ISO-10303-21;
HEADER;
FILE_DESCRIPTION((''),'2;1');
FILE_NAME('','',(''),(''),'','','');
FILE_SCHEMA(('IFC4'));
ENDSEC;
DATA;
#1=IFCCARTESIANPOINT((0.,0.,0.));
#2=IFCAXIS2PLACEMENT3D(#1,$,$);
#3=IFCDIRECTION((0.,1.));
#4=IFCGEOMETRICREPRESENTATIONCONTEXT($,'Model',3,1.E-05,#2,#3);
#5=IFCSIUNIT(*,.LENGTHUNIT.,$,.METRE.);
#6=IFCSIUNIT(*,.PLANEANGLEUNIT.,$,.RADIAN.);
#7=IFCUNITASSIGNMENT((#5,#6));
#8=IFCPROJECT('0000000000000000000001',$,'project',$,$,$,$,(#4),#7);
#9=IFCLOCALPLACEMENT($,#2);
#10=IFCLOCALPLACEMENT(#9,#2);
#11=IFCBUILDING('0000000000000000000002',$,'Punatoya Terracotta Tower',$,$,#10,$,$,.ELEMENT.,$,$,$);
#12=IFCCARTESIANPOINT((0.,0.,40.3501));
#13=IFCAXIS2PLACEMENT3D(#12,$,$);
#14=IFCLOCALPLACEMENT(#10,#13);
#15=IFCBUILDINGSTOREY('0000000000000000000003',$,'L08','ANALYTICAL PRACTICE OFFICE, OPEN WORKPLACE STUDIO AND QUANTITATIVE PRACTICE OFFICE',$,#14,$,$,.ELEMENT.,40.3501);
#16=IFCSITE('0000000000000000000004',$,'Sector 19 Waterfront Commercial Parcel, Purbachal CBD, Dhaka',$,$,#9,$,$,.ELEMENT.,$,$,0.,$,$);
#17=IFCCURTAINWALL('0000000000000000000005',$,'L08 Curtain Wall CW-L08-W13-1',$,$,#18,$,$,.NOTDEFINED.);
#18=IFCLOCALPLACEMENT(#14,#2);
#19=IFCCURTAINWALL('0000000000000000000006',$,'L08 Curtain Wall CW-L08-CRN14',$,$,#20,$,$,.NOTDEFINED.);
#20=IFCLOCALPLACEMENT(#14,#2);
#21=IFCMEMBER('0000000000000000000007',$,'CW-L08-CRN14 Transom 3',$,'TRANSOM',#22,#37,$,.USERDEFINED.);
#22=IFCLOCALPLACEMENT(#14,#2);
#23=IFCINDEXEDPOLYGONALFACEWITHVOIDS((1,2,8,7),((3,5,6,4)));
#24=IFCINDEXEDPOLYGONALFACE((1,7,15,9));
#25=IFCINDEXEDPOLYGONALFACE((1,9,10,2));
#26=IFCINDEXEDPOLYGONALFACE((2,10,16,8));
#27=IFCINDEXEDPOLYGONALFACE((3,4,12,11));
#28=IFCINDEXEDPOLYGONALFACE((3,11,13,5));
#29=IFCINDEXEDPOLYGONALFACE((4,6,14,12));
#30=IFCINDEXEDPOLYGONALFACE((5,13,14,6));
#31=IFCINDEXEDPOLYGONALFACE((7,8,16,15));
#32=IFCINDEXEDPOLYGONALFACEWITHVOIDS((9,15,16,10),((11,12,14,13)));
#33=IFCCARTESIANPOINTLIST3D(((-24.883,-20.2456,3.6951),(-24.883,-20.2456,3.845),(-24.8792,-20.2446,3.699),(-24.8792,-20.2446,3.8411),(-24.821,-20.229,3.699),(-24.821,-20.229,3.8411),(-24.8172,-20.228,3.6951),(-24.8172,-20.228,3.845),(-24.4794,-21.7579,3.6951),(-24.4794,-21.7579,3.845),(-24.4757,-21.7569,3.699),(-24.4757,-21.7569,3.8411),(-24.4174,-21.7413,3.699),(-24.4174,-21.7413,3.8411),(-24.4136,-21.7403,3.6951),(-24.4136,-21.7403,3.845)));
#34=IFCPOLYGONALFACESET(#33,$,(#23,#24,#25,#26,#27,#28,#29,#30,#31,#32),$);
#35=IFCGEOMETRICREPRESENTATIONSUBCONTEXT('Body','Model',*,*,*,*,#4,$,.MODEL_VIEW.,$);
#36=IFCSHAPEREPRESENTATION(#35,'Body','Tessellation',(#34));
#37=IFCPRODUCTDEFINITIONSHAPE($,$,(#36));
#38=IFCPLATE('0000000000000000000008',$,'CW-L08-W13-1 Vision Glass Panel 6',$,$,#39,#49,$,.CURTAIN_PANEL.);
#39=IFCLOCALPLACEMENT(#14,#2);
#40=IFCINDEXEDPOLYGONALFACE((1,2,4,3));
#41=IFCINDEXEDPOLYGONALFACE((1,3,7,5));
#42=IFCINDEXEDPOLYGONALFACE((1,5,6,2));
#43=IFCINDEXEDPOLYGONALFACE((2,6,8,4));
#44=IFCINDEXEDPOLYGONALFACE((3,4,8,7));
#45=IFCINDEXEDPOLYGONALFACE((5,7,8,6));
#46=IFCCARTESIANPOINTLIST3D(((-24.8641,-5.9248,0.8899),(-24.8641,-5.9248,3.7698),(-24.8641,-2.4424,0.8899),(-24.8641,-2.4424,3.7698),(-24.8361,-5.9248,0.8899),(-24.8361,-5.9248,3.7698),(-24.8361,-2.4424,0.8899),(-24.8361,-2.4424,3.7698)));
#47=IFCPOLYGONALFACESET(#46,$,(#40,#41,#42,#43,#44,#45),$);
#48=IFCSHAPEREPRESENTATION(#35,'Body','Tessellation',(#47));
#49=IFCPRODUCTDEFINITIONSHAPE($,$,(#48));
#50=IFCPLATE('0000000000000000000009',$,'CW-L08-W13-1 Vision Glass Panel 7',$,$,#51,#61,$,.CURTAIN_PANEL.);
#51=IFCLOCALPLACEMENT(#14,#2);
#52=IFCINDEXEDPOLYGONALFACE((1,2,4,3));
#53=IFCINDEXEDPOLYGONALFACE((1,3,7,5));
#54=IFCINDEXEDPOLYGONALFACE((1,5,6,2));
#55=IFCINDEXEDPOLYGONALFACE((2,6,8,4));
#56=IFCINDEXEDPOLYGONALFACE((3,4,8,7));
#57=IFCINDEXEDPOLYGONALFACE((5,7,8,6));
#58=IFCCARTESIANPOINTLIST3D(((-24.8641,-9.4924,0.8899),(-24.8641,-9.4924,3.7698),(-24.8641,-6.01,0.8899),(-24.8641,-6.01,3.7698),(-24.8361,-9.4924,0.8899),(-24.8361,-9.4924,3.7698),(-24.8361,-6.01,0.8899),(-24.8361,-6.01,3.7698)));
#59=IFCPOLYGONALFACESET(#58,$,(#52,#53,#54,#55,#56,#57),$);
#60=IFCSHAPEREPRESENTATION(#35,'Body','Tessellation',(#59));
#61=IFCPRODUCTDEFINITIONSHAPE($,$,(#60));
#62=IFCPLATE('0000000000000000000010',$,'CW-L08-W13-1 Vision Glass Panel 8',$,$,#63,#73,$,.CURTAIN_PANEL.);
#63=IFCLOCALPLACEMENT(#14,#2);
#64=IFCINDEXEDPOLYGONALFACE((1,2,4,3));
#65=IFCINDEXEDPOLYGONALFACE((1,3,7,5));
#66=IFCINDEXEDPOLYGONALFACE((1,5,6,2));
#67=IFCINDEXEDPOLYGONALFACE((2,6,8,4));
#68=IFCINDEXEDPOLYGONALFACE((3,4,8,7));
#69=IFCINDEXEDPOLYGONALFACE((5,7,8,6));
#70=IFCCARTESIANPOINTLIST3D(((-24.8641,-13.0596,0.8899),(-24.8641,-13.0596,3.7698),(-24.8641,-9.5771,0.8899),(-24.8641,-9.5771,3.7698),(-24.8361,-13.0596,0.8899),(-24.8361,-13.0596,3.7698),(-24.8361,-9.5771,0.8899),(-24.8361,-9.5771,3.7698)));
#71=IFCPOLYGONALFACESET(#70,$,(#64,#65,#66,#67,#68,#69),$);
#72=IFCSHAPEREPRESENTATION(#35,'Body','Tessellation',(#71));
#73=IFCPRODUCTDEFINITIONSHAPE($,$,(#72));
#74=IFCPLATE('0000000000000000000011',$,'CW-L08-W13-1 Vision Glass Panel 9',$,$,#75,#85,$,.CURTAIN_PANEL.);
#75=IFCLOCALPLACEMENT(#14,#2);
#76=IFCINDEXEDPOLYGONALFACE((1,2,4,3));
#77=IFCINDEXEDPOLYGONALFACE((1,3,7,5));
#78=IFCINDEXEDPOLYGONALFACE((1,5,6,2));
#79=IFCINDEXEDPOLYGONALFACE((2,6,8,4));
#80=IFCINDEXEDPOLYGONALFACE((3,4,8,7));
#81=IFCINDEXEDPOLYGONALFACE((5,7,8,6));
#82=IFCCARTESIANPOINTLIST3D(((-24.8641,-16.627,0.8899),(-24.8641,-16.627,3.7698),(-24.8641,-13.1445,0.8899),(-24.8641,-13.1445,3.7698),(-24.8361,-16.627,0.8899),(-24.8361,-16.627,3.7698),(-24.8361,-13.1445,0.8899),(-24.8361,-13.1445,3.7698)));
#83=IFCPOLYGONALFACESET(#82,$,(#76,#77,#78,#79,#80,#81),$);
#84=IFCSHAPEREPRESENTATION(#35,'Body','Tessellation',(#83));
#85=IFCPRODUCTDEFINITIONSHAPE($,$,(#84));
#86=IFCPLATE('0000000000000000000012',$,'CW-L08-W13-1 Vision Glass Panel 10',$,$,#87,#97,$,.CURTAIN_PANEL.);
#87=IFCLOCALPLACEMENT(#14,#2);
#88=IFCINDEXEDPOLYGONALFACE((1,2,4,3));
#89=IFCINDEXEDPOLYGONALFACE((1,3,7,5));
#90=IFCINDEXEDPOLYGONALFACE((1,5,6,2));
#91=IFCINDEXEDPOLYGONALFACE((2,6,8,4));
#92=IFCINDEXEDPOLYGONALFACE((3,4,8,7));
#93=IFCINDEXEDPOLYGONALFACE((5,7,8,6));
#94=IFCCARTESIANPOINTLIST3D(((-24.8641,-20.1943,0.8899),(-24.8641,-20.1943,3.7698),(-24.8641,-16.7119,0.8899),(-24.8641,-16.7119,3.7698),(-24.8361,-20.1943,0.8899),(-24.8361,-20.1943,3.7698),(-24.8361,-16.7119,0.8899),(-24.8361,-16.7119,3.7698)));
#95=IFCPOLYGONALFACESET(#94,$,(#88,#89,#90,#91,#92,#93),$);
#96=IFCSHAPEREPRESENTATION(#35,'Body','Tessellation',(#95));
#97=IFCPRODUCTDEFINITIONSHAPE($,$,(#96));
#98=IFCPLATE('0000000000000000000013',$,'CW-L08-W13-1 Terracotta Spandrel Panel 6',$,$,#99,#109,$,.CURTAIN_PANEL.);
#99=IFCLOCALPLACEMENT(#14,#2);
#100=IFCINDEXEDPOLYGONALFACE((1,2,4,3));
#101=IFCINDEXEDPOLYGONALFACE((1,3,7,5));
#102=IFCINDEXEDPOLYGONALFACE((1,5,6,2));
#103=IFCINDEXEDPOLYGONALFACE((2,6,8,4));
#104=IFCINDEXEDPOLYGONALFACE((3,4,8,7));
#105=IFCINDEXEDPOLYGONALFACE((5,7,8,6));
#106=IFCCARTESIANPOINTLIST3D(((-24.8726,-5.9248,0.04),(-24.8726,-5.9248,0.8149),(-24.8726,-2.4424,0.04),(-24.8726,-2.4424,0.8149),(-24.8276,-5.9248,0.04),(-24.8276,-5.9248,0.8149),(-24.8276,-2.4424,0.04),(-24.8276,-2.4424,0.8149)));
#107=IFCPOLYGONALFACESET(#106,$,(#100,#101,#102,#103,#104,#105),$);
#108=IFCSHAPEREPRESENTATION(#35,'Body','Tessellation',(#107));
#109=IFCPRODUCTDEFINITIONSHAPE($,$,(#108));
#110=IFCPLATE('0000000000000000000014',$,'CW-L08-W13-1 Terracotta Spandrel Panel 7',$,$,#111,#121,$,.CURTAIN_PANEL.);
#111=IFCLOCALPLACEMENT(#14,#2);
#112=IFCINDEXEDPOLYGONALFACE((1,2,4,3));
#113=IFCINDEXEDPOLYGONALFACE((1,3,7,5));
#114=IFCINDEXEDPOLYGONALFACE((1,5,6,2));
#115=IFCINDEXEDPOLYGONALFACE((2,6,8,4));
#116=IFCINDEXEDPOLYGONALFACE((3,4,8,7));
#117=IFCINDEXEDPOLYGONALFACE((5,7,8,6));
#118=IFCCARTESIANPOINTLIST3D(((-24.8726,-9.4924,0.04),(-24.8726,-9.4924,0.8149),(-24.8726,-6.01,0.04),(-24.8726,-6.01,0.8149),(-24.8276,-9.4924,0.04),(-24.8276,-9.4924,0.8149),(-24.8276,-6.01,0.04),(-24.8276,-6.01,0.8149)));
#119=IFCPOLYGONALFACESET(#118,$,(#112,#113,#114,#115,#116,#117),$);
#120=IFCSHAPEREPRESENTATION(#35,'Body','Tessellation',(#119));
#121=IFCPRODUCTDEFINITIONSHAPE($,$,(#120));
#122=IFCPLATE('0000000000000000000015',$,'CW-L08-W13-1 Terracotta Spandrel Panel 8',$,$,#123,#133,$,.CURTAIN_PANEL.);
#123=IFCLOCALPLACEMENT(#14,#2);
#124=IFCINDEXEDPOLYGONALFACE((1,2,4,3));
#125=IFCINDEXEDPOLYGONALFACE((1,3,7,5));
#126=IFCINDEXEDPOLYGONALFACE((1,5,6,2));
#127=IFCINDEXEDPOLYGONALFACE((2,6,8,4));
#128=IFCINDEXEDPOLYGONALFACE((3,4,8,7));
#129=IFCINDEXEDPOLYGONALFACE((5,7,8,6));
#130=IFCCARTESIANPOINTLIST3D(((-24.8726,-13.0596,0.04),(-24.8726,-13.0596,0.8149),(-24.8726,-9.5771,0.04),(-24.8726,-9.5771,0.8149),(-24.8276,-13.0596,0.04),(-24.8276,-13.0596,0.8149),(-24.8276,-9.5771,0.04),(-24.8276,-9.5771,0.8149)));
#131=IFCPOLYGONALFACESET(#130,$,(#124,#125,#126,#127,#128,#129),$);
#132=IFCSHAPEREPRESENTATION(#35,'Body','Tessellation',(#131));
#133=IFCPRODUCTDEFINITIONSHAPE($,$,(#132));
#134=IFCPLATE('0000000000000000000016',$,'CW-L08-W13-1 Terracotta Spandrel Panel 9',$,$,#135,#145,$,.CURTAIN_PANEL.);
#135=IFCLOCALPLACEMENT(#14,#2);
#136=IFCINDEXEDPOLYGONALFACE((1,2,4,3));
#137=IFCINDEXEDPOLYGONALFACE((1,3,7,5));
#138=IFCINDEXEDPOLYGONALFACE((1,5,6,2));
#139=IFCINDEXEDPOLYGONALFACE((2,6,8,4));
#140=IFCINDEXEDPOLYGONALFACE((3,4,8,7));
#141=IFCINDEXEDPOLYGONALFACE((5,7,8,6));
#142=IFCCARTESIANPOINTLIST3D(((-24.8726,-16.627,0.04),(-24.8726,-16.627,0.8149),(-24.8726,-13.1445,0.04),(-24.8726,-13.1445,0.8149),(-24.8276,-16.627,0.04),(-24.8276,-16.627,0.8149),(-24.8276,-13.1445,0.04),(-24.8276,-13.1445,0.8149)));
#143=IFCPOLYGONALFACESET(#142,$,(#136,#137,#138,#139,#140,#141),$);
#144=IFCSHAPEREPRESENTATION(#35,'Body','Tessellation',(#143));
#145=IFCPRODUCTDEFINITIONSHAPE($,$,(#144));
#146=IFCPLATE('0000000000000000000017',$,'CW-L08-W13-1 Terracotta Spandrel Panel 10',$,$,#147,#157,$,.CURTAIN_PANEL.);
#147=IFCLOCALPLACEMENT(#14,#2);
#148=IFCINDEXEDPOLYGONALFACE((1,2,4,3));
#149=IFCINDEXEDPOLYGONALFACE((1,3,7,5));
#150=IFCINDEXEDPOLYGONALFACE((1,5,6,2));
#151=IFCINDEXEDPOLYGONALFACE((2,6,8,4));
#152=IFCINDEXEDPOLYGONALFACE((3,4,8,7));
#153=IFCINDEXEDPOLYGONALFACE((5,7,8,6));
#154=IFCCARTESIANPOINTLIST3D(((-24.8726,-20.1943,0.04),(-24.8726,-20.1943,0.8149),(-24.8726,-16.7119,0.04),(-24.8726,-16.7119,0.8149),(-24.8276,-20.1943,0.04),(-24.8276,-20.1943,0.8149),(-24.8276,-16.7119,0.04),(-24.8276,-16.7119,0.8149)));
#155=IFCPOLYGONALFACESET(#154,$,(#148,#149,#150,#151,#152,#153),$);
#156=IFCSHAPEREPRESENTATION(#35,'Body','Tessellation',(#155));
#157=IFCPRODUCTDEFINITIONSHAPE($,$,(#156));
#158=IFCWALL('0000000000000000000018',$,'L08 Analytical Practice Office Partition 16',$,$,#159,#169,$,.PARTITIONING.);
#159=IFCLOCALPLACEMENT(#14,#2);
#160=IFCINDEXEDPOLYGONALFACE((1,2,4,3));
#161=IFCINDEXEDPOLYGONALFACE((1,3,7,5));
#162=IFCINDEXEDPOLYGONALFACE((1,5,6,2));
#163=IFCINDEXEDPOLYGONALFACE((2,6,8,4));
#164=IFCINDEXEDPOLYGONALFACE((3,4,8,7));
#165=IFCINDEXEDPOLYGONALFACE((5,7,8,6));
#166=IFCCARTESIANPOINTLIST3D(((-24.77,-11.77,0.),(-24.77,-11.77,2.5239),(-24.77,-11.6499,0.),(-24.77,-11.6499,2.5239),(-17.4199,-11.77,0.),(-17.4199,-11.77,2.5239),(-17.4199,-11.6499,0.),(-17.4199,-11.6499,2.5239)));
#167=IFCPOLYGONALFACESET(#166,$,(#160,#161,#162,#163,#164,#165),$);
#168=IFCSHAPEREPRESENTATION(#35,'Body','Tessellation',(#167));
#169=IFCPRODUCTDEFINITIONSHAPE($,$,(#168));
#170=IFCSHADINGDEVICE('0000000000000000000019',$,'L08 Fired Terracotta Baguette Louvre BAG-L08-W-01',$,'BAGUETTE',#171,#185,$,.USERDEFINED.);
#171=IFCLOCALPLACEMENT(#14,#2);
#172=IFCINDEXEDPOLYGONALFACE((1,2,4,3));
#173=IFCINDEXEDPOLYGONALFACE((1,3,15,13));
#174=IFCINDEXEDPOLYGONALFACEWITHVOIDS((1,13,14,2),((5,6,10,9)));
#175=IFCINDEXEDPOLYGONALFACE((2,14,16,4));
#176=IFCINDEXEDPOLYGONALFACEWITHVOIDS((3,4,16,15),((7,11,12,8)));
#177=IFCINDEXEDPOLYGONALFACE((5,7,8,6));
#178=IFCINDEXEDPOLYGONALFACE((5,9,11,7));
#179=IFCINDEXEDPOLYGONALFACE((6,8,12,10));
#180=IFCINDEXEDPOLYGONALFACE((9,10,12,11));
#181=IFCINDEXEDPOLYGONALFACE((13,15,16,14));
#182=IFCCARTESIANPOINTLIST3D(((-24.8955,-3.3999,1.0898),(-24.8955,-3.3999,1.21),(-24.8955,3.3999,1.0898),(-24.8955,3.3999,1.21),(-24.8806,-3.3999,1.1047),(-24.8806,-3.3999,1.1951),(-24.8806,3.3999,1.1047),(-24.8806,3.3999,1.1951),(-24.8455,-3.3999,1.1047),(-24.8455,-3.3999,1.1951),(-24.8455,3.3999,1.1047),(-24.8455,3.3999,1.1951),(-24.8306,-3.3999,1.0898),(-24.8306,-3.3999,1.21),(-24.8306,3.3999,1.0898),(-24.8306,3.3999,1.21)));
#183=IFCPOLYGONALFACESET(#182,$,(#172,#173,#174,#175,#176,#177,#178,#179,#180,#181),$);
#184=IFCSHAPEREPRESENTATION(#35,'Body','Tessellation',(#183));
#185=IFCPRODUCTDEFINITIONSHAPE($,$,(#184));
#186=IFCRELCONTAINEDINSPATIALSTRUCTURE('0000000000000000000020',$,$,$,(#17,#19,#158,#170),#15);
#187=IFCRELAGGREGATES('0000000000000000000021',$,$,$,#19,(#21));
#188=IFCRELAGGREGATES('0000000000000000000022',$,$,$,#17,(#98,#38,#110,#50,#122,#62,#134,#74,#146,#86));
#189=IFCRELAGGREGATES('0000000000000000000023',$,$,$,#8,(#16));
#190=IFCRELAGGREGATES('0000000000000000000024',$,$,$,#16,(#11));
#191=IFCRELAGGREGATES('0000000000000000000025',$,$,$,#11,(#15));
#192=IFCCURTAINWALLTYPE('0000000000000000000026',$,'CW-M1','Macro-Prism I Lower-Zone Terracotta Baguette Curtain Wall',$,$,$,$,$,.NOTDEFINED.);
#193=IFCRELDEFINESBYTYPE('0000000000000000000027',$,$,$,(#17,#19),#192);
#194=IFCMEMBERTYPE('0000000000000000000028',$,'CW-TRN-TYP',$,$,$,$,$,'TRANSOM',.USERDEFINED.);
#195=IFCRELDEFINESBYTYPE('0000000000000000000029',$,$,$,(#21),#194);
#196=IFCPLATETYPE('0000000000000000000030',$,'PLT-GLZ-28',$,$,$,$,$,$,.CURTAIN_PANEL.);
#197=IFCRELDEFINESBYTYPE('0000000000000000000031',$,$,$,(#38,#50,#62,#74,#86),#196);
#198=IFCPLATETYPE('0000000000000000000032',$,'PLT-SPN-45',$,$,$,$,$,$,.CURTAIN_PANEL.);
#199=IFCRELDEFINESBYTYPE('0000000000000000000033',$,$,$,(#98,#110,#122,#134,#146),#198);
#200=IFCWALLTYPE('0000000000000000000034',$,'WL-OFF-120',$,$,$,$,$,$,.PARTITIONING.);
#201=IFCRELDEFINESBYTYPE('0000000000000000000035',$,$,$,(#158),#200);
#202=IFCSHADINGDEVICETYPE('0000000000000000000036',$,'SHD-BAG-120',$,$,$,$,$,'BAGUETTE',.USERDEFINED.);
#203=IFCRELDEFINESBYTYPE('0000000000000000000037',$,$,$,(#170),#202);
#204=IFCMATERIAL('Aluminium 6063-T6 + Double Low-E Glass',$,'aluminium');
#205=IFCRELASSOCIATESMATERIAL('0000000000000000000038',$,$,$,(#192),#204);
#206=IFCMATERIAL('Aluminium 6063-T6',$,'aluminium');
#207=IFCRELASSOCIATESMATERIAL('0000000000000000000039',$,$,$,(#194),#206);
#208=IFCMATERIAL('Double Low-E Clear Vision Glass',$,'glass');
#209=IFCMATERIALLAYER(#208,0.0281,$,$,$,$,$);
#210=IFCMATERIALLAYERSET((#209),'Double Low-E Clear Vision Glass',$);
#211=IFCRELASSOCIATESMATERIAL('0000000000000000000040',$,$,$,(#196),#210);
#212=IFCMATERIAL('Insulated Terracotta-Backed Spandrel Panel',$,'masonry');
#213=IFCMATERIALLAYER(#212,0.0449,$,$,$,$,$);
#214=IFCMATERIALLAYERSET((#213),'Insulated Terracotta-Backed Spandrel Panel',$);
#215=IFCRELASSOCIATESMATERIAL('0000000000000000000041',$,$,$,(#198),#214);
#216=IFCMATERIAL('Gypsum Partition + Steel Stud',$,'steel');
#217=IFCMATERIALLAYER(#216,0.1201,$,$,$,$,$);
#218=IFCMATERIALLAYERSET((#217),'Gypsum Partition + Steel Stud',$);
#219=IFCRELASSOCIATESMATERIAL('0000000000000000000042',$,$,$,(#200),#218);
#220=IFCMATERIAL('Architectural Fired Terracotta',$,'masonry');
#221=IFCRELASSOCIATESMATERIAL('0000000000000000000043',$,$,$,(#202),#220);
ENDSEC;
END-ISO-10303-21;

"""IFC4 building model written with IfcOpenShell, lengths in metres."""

from ifc_helpers import new_model, si_unit, direction, frame, frame_2d, origin, origin_2d, place, context, subcontext, project, spatial, rectangle, hollow_rectangle, extrude, material, layer, layer_set, material_profile, profile_set, type_object, element, aggregate, save


model = new_model("IFC4")

# Units and contexts
model_context = context("Model", 3, precision=1e-05, world=origin(), true_north=direction((0.0, 1.0)))
body_context = subcontext(model_context, "Body", "Model", "MODEL_VIEW")
ifc_project = project(units=[si_unit("LENGTHUNIT", "METRE"), si_unit("PLANEANGLEUNIT", "RADIAN")], contexts=[model_context])

# Site, building, storey
site_placement = place(None, origin())
site = spatial("IfcSite", under=ifc_project, at=site_placement, Name="Sector 19 Waterfront Commercial Parcel, Purbachal CBD, Dhaka", CompositionType="ELEMENT", RefElevation=0.0)
building_placement = place(site_placement, origin())
building = spatial("IfcBuilding", under=site, at=building_placement, Name="Punatoya Terracotta Tower", CompositionType="ELEMENT")
storey_placement = place(building_placement, frame((0.0, 0.0, 40.3501)))
storey = spatial("IfcBuildingStorey", under=building, at=storey_placement, Name="L08", Description="ANALYTICAL PRACTICE OFFICE, OPEN WORKPLACE STUDIO AND QUANTITATIVE PRACTICE OFFICE", CompositionType="ELEMENT", Elevation=40.3501)

# Curtain wall
ifc_material_1 = material(Name="Aluminium 6063-T6 + Double Low-E Glass", Category="aluminium")
curtain_wall_type = type_object("IfcCurtainWallType", Name="CW-M1", Description="Macro-Prism I Lower-Zone Terracotta Baguette Curtain Wall", PredefinedType="NOTDEFINED", material=ifc_material_1)
curtain_wall_1_placement = place(storey_placement, origin())
curtain_wall_1 = element("IfcCurtainWall", 1, at=curtain_wall_1_placement, inside=storey, type_object=curtain_wall_type, Name="L08 Curtain Wall CW-L08-W13-1", PredefinedType="NOTDEFINED")
ifc_material_2 = material(Name="Aluminium 6063-T6", Category="aluminium")

# Curtain wall, member
curtain_wall_2_placement = place(storey_placement, origin())
curtain_wall_2 = element("IfcCurtainWall", 2, at=curtain_wall_2_placement, inside=storey, type_object=curtain_wall_type, Name="L08 Curtain Wall CW-L08-CRN14", PredefinedType="NOTDEFINED")
ifc_material_profile_1 = material_profile(ifc_material_2, hollow_rectangle(XDim=0.0681, YDim=0.1499, WallThickness=0.0039, at=origin_2d()))
ifc_profile_set_1 = profile_set([ifc_material_profile_1], Name="Aluminium 6063-T6")
member_type_1 = type_object("IfcMemberType", Name="CW-TRN-TYP", ElementType="TRANSOM", PredefinedType="USERDEFINED", material=ifc_profile_set_1)
member_1_placement = place(storey_placement, frame((-24.8501, -20.2368, 3.77), z_axis=(0.257847, -0.966186, 0.0), x_axis=(0.966186, 0.257847, 0.0)))
member_1 = element("IfcMember", 3, at=member_1_placement, type_object=member_type_1, Name="CW-L08-CRN14 Transom 3", ObjectType="TRANSOM", PredefinedType="USERDEFINED", context=body_context, shape_type="SweptSolid", body=[
    extrude(hollow_rectangle(XDim=0.0681, YDim=0.1499, WallThickness=0.0039, at=origin_2d()), origin(), (0.0, 0.0, 1.0), 1.5652),
])
aggregate(curtain_wall_2, [member_1])

# Plates
ifc_material_3 = material(Name="Double Low-E Clear Vision Glass", Category="glass")
ifc_layer_1 = layer(ifc_material_3, 0.0281)
ifc_layer_set_1 = layer_set([ifc_layer_1], Name="Double Low-E Clear Vision Glass")
plate_type_1 = type_object("IfcPlateType", Name="PLT-GLZ-28", PredefinedType="CURTAIN_PANEL", material=ifc_layer_set_1)
plate_1_placement = place(storey_placement, frame((-24.8501, -4.1836, 0.8899), z_axis=(0.0, 0.0, 1.0), x_axis=(0.0, -1.0, 0.0)))
plate_1 = element("IfcPlate", 4, at=plate_1_placement, type_object=plate_type_1, Name="CW-L08-W13-1 Vision Glass Panel 6", PredefinedType="CURTAIN_PANEL", context=body_context, shape_type="SweptSolid", body=[
    extrude(rectangle(XDim=3.4824, YDim=0.0281, at=origin_2d()), origin(), (0.0, 0.0, 1.0), 2.8799),
])
plate_2_placement = place(storey_placement, frame((-24.8501, -7.7512, 0.8899), z_axis=(0.0, 0.0, 1.0), x_axis=(0.0, -1.0, 0.0)))
plate_2 = element("IfcPlate", 5, at=plate_2_placement, type_object=plate_type_1, Name="CW-L08-W13-1 Vision Glass Panel 7", PredefinedType="CURTAIN_PANEL", context=body_context, shape_type="SweptSolid", body=[
    extrude(rectangle(XDim=3.4824, YDim=0.0281, at=origin_2d()), origin(), (0.0, 0.0, 1.0), 2.8799),
])
plate_3_placement = place(storey_placement, frame((-24.8501, -11.3184, 0.8899), z_axis=(0.0, 0.0, 1.0), x_axis=(0.0, -1.0, 0.0)))
plate_3 = element("IfcPlate", 6, at=plate_3_placement, type_object=plate_type_1, Name="CW-L08-W13-1 Vision Glass Panel 8", PredefinedType="CURTAIN_PANEL", context=body_context, shape_type="SweptSolid", body=[
    extrude(rectangle(XDim=3.4824, YDim=0.0281, at=origin_2d()), origin(), (0.0, 0.0, 1.0), 2.8799),
])
plate_4_placement = place(storey_placement, frame((-24.8501, -14.8857, 0.8899), z_axis=(0.0, 0.0, 1.0), x_axis=(0.0, -1.0, 0.0)))
plate_4 = element("IfcPlate", 7, at=plate_4_placement, type_object=plate_type_1, Name="CW-L08-W13-1 Vision Glass Panel 9", PredefinedType="CURTAIN_PANEL", context=body_context, shape_type="SweptSolid", body=[
    extrude(rectangle(XDim=3.4824, YDim=0.0281, at=origin_2d()), origin(), (0.0, 0.0, 1.0), 2.8799),
])
plate_5_placement = place(storey_placement, frame((-24.8501, -18.4531, 0.8899), z_axis=(0.0, 0.0, 1.0), x_axis=(0.0, -1.0, 0.0)))
plate_5 = element("IfcPlate", 8, at=plate_5_placement, type_object=plate_type_1, Name="CW-L08-W13-1 Vision Glass Panel 10", PredefinedType="CURTAIN_PANEL", context=body_context, shape_type="SweptSolid", body=[
    extrude(rectangle(XDim=3.4824, YDim=0.0281, at=origin_2d()), origin(), (0.0, 0.0, 1.0), 2.8799),
])
ifc_material_4 = material(Name="Insulated Terracotta-Backed Spandrel Panel", Category="masonry")
ifc_layer_2 = layer(ifc_material_4, 0.0449)
ifc_layer_set_2 = layer_set([ifc_layer_2], Name="Insulated Terracotta-Backed Spandrel Panel")
plate_type_2 = type_object("IfcPlateType", Name="PLT-SPN-45", PredefinedType="CURTAIN_PANEL", material=ifc_layer_set_2)
plate_6_placement = place(storey_placement, frame((-24.8501, -4.1836, 0.04), z_axis=(0.0, 0.0, 1.0), x_axis=(0.0, -1.0, 0.0)))
plate_6 = element("IfcPlate", 9, at=plate_6_placement, type_object=plate_type_2, Name="CW-L08-W13-1 Terracotta Spandrel Panel 6", PredefinedType="CURTAIN_PANEL", context=body_context, shape_type="SweptSolid", body=[
    extrude(rectangle(XDim=3.4824, YDim=0.0449, at=origin_2d()), origin(), (0.0, 0.0, 1.0), 0.7749),
])
plate_7_placement = place(storey_placement, frame((-24.8501, -7.7512, 0.04), z_axis=(0.0, 0.0, 1.0), x_axis=(0.0, -1.0, 0.0)))
plate_7 = element("IfcPlate", 10, at=plate_7_placement, type_object=plate_type_2, Name="CW-L08-W13-1 Terracotta Spandrel Panel 7", PredefinedType="CURTAIN_PANEL", context=body_context, shape_type="SweptSolid", body=[
    extrude(rectangle(XDim=3.4824, YDim=0.0449, at=origin_2d()), origin(), (0.0, 0.0, 1.0), 0.7749),
])
plate_8_placement = place(storey_placement, frame((-24.8501, -11.3184, 0.04), z_axis=(0.0, 0.0, 1.0), x_axis=(0.0, -1.0, 0.0)))
plate_8 = element("IfcPlate", 11, at=plate_8_placement, type_object=plate_type_2, Name="CW-L08-W13-1 Terracotta Spandrel Panel 8", PredefinedType="CURTAIN_PANEL", context=body_context, shape_type="SweptSolid", body=[
    extrude(rectangle(XDim=3.4824, YDim=0.0449, at=origin_2d()), origin(), (0.0, 0.0, 1.0), 0.7749),
])
plate_9_placement = place(storey_placement, frame((-24.8501, -14.8857, 0.04), z_axis=(0.0, 0.0, 1.0), x_axis=(0.0, -1.0, 0.0)))
plate_9 = element("IfcPlate", 12, at=plate_9_placement, type_object=plate_type_2, Name="CW-L08-W13-1 Terracotta Spandrel Panel 9", PredefinedType="CURTAIN_PANEL", context=body_context, shape_type="SweptSolid", body=[
    extrude(rectangle(XDim=3.4824, YDim=0.0449, at=origin_2d()), origin(), (0.0, 0.0, 1.0), 0.7749),
])
plate_10_placement = place(storey_placement, frame((-24.8501, -18.4531, 0.04), z_axis=(0.0, 0.0, 1.0), x_axis=(0.0, -1.0, 0.0)))
plate_10 = element("IfcPlate", 13, at=plate_10_placement, type_object=plate_type_2, Name="CW-L08-W13-1 Terracotta Spandrel Panel 10", PredefinedType="CURTAIN_PANEL", context=body_context, shape_type="SweptSolid", body=[
    extrude(rectangle(XDim=3.4824, YDim=0.0449, at=origin_2d()), origin(), (0.0, 0.0, 1.0), 0.7749),
])
aggregate(curtain_wall_1, [plate_6, plate_1, plate_7, plate_2, plate_8, plate_3, plate_9, plate_4, plate_10, plate_5])

# Wall
ifc_material_5 = material(Name="Gypsum Partition + Steel Stud", Category="steel")
ifc_layer_3 = layer(ifc_material_5, 0.1201)
ifc_layer_set_3 = layer_set([ifc_layer_3], Name="Gypsum Partition + Steel Stud")
wall_type = type_object("IfcWallType", Name="WL-OFF-120", PredefinedType="PARTITIONING", material=ifc_layer_set_3)
wall_placement = place(storey_placement, frame((-24.77, -11.71, 0.0), z_axis=(0.0, 0.0, 1.0), x_axis=(1.0, 0.0, 0.0)))
element("IfcWall", 14, at=wall_placement, inside=storey, type_object=wall_type, Name="L08 Analytical Practice Office Partition 16", PredefinedType="PARTITIONING", context=body_context, shape_type="SweptSolid", body=[
    extrude(rectangle(XDim=7.3501, YDim=0.1201, at=frame_2d((3.675, 0.0))), origin(), (0.0, 0.0, 1.0), 2.5239),
])

# Shading device
ifc_material_6 = material(Name="Architectural Fired Terracotta", Category="masonry")
ifc_material_profile_2 = material_profile(ifc_material_6, hollow_rectangle(XDim=0.0649, YDim=0.1201, WallThickness=0.0149, at=origin_2d()))
ifc_profile_set_2 = profile_set([ifc_material_profile_2], Name="Architectural Fired Terracotta")
shading_device_type = type_object("IfcShadingDeviceType", Name="SHD-BAG-120", ElementType="BAGUETTE", PredefinedType="USERDEFINED", material=ifc_profile_set_2)
for number, where, z_axis, x_axis, name in (
    (15, (-24.863, -3.3999, 1.1499), (0.0, 1.0, 0.0), (-1.0, 0.0, 0.0), "L08 Fired Terracotta Baguette Louvre BAG-L08-W-01"),
):
    element("IfcShadingDevice", number, at=place(storey_placement, frame(where, z_axis=z_axis, x_axis=x_axis)), inside=storey, type_object=shading_device_type, Name=name, ObjectType="BAGUETTE", PredefinedType="USERDEFINED", context=body_context, shape_type="SweptSolid", body=[
        extrude(hollow_rectangle(XDim=0.0649, YDim=0.1201, WallThickness=0.0149, at=origin_2d()), origin(), (0.0, 0.0, 1.0), 6.7998),
    ])

save(model, "model.ifc")
